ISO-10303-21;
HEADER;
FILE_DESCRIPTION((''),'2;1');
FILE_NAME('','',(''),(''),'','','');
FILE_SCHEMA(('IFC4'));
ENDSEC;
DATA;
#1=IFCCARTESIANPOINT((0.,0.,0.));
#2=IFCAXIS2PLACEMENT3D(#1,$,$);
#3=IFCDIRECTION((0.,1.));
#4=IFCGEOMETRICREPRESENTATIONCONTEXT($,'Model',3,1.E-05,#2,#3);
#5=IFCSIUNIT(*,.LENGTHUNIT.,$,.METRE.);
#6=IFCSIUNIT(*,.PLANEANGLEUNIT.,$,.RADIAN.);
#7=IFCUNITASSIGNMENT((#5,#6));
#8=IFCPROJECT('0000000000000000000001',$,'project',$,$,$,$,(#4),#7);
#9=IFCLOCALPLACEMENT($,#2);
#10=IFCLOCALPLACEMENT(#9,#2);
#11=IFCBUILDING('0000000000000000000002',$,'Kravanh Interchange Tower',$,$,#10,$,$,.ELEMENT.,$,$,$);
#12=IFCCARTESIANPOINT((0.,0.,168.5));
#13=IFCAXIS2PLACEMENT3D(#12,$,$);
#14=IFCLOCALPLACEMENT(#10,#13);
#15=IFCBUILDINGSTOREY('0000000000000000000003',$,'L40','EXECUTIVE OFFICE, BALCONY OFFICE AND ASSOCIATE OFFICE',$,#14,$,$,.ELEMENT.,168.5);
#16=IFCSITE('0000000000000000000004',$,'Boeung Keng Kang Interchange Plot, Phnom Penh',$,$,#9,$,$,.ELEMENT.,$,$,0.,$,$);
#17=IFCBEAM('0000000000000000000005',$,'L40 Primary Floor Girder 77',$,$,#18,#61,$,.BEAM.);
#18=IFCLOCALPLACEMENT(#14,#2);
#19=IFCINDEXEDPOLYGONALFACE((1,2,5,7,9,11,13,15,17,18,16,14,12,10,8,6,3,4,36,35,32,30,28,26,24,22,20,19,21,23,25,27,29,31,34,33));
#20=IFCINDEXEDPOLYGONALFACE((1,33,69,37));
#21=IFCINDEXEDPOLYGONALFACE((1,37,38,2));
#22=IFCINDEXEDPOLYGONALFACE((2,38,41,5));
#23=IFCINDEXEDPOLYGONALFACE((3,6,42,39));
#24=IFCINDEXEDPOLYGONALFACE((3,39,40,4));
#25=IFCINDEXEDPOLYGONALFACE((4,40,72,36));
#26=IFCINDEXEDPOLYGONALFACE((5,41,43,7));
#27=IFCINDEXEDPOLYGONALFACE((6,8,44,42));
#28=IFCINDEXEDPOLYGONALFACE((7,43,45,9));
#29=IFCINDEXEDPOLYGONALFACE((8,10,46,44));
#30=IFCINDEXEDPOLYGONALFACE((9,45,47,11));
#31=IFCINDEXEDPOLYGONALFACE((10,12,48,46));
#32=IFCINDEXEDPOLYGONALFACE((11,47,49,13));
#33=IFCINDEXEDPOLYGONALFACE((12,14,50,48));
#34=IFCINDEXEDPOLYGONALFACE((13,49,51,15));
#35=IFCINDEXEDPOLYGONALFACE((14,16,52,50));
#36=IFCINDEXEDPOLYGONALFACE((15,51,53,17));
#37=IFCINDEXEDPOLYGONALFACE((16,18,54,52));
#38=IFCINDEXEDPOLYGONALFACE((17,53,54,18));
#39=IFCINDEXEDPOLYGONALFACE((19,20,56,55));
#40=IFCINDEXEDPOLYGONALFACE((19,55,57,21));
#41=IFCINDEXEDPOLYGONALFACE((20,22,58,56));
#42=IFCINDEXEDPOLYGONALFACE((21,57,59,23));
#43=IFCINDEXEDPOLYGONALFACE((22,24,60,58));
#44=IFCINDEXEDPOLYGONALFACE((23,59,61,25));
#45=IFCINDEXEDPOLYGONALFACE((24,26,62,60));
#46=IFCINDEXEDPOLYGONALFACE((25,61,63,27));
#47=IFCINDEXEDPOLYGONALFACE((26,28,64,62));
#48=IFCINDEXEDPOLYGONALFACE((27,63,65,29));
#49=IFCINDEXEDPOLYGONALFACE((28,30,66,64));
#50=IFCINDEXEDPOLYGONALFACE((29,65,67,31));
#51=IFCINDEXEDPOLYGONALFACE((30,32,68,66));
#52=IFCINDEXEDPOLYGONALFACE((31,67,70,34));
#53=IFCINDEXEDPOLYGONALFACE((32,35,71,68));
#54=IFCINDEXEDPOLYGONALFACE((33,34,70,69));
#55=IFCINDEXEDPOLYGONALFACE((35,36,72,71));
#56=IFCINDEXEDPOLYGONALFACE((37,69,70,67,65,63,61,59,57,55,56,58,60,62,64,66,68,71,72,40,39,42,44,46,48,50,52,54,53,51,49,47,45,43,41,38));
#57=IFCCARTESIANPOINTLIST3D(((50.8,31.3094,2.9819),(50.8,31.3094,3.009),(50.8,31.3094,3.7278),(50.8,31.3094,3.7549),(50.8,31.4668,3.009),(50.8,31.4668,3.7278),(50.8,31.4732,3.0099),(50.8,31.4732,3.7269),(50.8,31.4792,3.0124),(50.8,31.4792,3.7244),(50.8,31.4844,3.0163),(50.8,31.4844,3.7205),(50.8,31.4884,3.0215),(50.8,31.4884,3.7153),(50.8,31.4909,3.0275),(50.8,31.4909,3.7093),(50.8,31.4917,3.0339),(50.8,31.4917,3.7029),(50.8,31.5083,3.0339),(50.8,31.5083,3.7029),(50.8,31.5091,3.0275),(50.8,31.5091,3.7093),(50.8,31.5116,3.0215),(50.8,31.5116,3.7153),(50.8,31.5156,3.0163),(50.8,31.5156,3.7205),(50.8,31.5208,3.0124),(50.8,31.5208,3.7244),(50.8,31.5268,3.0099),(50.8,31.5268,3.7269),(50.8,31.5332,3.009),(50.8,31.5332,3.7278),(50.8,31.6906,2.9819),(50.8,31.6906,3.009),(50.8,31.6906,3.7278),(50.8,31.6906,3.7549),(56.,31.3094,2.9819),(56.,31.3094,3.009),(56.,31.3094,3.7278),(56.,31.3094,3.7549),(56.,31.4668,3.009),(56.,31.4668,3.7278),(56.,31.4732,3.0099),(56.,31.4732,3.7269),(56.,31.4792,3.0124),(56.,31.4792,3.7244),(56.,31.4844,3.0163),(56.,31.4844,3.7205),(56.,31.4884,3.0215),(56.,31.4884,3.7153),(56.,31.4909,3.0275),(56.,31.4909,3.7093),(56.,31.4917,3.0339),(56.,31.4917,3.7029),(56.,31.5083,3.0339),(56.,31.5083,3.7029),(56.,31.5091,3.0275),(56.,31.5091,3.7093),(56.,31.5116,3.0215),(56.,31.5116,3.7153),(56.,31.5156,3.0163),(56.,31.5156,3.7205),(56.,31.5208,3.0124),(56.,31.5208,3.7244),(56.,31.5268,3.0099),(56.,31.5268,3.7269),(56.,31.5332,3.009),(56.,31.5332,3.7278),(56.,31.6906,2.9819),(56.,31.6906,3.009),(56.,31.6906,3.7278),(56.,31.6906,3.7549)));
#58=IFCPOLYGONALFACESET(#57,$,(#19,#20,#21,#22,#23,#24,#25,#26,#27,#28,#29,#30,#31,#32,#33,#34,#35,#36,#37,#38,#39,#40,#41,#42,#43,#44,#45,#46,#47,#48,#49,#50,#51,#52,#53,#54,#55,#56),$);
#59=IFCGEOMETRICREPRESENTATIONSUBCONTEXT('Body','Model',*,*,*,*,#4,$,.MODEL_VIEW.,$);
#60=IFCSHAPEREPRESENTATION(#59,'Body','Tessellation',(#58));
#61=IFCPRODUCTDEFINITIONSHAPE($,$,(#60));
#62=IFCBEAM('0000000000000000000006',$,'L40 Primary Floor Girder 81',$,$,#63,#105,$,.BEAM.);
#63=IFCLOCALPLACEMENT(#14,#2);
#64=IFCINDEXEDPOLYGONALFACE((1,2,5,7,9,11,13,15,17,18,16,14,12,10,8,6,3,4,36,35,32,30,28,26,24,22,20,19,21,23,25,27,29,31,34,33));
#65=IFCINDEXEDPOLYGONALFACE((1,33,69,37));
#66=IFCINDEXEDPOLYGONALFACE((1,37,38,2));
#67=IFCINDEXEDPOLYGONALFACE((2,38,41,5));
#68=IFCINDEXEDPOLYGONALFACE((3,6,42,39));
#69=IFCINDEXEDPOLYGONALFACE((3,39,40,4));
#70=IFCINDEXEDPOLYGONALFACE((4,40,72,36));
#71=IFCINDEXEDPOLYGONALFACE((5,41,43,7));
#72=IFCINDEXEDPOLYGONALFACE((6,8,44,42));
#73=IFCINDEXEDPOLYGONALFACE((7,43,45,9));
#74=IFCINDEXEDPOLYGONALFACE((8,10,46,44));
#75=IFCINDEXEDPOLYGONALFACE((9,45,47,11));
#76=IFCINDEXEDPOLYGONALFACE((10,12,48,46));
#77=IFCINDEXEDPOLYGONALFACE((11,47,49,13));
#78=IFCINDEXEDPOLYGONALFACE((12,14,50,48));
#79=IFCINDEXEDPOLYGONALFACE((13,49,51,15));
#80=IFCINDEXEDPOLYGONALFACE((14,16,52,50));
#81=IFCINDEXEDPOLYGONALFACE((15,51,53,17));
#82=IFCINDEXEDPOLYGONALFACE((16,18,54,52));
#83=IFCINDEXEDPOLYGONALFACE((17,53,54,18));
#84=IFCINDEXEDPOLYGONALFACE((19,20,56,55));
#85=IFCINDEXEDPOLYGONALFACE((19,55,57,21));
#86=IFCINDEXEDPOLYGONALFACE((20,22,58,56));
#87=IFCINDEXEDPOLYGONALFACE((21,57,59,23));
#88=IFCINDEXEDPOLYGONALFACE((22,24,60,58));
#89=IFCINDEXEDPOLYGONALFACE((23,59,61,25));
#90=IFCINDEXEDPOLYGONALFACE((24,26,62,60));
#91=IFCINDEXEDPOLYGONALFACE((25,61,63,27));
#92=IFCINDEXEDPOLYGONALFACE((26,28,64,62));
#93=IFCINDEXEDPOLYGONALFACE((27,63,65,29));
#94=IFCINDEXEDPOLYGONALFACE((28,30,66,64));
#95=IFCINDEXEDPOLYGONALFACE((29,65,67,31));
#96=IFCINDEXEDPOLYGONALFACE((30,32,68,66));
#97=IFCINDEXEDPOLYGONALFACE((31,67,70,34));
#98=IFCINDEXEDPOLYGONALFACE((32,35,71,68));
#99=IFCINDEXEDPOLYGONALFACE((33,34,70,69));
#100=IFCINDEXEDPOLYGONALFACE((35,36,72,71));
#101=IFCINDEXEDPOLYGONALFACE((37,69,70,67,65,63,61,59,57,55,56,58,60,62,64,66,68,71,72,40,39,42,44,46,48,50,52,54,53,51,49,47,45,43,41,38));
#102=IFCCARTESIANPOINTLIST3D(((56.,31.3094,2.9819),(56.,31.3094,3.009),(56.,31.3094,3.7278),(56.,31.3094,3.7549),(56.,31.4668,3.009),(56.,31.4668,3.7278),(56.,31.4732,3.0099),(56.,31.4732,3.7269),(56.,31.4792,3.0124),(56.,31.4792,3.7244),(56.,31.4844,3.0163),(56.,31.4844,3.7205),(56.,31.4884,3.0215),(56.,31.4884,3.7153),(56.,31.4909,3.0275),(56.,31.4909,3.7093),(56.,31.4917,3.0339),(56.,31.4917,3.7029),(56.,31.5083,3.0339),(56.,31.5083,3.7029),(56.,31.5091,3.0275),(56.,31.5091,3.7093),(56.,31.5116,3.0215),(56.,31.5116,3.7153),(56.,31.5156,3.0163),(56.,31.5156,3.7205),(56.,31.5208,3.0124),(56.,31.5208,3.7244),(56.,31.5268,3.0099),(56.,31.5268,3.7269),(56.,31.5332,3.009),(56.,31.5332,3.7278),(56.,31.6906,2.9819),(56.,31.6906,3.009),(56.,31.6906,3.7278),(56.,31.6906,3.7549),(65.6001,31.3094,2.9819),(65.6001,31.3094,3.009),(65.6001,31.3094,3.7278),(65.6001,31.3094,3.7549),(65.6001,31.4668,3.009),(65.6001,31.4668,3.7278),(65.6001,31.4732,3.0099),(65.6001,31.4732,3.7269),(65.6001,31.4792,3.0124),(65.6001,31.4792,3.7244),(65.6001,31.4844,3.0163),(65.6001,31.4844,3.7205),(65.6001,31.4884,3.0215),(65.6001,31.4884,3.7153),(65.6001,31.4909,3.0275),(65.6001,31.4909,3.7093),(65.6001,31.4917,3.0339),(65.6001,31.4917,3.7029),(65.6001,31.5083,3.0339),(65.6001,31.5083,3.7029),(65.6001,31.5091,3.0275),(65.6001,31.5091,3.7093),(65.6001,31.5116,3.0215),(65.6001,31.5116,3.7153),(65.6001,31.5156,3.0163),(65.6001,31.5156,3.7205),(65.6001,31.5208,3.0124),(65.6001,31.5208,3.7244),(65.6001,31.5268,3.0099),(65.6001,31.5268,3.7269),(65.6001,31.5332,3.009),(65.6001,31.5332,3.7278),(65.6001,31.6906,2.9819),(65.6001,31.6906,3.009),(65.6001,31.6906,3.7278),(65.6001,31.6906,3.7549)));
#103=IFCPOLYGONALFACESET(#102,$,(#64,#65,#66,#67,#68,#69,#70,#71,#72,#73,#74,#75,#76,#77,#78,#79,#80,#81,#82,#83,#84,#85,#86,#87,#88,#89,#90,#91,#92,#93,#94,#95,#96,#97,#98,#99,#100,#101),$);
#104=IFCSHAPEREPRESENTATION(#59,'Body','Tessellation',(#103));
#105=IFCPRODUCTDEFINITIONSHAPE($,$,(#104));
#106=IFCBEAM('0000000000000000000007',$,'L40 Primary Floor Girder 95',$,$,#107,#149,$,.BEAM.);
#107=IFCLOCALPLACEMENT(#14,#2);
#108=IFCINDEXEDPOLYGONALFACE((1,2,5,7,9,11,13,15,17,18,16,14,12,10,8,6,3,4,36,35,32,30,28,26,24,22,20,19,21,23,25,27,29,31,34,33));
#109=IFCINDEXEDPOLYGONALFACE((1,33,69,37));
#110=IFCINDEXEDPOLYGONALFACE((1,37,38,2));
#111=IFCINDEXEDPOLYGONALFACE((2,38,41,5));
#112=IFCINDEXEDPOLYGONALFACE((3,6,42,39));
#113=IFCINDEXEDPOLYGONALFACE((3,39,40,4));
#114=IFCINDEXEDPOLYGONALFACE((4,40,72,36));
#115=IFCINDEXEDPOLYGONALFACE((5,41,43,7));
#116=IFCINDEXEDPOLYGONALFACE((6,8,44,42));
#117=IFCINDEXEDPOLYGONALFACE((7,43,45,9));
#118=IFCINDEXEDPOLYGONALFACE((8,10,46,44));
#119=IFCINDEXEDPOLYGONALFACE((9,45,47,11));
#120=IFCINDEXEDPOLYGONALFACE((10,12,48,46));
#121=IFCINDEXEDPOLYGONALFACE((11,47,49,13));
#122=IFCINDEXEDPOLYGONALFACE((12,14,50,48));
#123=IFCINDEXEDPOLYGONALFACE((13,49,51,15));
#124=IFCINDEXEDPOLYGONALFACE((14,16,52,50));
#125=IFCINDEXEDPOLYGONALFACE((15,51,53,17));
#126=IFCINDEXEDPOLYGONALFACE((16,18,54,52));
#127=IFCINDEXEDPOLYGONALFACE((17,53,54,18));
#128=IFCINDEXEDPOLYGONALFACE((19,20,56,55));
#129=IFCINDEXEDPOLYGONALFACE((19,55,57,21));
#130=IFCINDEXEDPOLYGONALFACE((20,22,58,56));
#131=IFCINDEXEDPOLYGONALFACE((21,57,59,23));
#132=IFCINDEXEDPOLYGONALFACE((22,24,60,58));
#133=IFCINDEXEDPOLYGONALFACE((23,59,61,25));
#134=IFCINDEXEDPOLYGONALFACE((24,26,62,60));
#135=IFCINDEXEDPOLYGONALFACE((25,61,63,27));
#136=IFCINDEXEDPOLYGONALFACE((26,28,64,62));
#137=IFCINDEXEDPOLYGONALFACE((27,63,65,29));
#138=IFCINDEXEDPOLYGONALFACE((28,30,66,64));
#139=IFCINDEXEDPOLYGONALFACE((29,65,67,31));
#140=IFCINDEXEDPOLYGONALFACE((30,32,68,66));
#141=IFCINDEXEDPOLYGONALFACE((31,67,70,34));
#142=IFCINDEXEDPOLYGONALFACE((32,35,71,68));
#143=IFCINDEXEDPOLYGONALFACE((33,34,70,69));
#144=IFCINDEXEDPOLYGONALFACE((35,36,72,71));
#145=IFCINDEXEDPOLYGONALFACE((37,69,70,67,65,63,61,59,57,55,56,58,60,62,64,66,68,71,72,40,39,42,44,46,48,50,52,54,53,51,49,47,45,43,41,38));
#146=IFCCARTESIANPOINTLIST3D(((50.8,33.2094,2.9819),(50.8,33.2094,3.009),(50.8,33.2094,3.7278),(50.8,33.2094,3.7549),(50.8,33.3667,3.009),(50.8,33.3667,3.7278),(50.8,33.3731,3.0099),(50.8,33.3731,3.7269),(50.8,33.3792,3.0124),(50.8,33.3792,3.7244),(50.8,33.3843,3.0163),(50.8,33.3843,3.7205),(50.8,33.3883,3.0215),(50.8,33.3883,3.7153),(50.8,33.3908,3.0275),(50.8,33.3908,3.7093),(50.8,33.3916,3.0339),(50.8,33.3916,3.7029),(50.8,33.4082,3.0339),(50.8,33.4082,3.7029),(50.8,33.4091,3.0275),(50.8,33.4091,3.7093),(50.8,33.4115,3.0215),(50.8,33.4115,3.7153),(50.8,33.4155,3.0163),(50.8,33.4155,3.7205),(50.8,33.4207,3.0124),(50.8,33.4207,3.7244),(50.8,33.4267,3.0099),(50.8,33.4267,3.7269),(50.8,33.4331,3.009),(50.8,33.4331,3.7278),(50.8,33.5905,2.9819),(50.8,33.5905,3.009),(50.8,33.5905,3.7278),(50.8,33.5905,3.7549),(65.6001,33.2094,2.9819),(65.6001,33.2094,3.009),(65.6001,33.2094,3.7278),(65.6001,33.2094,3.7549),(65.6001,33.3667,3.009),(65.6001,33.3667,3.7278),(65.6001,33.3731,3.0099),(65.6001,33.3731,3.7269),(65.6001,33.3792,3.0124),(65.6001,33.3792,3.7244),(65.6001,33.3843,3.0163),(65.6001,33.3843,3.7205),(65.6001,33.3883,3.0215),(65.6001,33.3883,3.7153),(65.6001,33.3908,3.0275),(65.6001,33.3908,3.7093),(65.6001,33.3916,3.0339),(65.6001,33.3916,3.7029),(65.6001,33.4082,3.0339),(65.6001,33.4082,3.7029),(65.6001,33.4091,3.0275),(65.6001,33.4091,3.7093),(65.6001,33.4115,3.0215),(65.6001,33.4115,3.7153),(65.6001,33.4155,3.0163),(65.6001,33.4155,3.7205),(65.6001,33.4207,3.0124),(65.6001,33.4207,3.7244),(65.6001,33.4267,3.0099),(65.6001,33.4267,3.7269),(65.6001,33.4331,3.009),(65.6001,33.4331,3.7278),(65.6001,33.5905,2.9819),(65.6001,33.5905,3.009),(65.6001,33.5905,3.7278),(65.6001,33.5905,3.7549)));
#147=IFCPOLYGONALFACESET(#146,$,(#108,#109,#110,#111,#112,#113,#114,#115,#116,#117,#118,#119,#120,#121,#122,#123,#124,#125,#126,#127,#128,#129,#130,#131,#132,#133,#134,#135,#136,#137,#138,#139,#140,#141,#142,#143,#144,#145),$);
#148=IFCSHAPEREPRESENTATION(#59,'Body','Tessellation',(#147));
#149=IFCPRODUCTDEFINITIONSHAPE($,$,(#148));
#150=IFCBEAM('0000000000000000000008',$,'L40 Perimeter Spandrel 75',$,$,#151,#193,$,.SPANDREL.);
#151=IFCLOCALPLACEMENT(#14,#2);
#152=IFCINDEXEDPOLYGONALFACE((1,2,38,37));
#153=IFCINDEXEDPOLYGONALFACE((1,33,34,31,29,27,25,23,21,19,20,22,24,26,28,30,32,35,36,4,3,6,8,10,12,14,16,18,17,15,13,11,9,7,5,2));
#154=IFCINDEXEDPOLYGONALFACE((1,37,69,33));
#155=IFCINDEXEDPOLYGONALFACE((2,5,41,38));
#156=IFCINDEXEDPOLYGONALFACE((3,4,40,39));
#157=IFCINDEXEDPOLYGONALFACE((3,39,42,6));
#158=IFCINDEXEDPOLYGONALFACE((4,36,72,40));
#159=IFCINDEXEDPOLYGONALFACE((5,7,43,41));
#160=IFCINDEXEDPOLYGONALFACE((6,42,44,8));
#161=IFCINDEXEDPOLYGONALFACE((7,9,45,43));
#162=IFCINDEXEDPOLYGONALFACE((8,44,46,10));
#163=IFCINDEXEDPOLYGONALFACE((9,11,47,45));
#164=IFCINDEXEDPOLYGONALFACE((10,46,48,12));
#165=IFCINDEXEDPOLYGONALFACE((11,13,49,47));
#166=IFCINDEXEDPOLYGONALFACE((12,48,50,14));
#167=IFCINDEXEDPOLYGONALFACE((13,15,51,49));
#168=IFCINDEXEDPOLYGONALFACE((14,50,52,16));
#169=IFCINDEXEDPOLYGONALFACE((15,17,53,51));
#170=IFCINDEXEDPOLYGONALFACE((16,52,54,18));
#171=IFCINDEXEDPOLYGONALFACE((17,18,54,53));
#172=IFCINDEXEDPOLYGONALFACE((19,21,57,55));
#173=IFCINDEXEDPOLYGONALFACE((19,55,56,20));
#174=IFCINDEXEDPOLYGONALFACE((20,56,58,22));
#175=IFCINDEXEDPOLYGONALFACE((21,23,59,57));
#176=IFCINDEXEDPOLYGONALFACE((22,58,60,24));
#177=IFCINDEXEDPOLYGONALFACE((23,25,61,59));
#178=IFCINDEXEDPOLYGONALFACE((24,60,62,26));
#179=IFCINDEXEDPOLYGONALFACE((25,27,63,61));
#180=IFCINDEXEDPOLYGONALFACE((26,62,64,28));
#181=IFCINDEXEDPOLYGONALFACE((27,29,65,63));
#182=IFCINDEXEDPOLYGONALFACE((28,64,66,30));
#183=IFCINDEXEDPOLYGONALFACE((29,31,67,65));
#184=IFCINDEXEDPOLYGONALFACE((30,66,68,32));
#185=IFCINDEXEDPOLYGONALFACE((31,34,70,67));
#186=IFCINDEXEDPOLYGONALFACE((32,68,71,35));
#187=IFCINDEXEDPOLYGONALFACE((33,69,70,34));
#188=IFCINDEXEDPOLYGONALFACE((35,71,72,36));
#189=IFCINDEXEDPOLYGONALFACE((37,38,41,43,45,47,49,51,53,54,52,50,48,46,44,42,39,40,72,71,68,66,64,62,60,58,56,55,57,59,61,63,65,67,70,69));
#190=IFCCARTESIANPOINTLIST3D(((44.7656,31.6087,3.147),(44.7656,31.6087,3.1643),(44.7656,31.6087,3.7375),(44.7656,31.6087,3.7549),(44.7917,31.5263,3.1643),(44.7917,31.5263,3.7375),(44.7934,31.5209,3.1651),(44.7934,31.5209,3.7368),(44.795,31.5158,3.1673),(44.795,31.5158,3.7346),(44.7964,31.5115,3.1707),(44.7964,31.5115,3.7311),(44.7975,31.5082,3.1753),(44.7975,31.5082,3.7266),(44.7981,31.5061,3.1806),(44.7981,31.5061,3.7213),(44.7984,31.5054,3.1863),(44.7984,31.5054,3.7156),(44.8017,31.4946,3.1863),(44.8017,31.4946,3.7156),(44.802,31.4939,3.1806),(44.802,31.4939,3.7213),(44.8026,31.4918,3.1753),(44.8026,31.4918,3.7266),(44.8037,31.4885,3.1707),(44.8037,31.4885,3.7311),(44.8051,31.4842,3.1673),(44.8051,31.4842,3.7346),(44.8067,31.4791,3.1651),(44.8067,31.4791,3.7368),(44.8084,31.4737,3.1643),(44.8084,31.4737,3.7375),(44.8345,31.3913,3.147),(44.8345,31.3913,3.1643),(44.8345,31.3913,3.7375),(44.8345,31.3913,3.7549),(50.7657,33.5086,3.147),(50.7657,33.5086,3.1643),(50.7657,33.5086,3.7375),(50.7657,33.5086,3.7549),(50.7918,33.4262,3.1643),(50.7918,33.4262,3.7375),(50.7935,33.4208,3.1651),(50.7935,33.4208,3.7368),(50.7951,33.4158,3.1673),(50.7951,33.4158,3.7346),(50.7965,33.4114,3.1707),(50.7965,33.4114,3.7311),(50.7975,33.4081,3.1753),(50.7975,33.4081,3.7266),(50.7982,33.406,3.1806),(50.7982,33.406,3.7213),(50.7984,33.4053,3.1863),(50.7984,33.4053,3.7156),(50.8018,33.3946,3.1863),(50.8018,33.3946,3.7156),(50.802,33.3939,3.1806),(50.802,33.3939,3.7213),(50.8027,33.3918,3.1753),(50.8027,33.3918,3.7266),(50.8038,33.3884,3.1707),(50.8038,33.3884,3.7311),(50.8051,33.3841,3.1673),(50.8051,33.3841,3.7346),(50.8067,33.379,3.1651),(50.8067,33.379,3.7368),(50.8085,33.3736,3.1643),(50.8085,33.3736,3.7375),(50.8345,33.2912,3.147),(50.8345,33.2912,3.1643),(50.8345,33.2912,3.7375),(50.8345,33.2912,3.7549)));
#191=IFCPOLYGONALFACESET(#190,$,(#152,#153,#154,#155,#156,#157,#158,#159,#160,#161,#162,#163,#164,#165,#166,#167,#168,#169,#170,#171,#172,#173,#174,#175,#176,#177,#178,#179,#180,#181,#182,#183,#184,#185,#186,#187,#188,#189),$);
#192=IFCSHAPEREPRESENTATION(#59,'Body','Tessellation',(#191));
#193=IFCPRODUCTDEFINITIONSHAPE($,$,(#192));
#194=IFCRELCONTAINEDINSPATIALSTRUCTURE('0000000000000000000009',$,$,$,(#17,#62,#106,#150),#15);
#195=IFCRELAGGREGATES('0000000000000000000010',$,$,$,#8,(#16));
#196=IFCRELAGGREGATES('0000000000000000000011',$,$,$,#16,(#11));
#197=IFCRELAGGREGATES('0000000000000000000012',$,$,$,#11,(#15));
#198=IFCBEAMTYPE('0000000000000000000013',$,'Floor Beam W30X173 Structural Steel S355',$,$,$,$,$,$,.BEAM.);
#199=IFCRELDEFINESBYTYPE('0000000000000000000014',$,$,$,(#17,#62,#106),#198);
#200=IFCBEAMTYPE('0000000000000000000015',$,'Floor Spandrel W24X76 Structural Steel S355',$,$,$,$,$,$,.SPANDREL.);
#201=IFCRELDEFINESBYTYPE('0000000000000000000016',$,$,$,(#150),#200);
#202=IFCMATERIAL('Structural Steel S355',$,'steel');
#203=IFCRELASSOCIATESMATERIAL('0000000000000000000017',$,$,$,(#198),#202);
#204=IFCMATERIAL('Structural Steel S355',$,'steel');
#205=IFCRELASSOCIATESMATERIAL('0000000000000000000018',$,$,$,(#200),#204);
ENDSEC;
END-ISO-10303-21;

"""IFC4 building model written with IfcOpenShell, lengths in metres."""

from ifc_helpers import new_model, si_unit, direction, frame, origin, origin_2d, place, context, subcontext, project, spatial, i_section, extrude, material, material_profile, profile_set, type_object, element, save


model = new_model("IFC4")

# Units and contexts
model_context = context("Model", 3, precision=1e-05, world=origin(), true_north=direction((0.0, 1.0)))
body_context = subcontext(model_context, "Body", "Model", "MODEL_VIEW")
ifc_project = project(units=[si_unit("LENGTHUNIT", "METRE"), si_unit("PLANEANGLEUNIT", "RADIAN")], contexts=[model_context])

# Site, building, storey
site_placement = place(None, origin())
site = spatial("IfcSite", under=ifc_project, at=site_placement, Name="Boeung Keng Kang Interchange Plot, Phnom Penh", CompositionType="ELEMENT", RefElevation=0.0)
building_placement = place(site_placement, origin())
building = spatial("IfcBuilding", under=site, at=building_placement, Name="Kravanh Interchange Tower", CompositionType="ELEMENT")
storey_placement = place(building_placement, frame((0.0, 0.0, 168.5)))
storey = spatial("IfcBuildingStorey", under=building, at=storey_placement, Name="L40", Description="EXECUTIVE OFFICE, BALCONY OFFICE AND ASSOCIATE OFFICE", CompositionType="ELEMENT", Elevation=168.5)

# Beams
ifc_material_1 = material(Name="Structural Steel S355", Category="steel")
ifc_material_profile_1 = material_profile(ifc_material_1, i_section(OverallWidth=0.3811, OverallDepth=0.7729, WebThickness=0.0166, FlangeThickness=0.0271, FilletRadius=0.0249, at=origin_2d()), Name="W30X173")
ifc_profile_set_1 = profile_set([ifc_material_profile_1], Name="Structural Steel S355")
beam_type_1 = type_object("IfcBeamType", Name="Floor Beam W30X173 Structural Steel S355", PredefinedType="BEAM", material=ifc_profile_set_1)
beam_1_placement = place(storey_placement, frame((50.8, 31.5, 3.3684), z_axis=(1.0, 0.0, 0.0), x_axis=(0.0, 1.0, 0.0)))
element("IfcBeam", 1, at=beam_1_placement, inside=storey, type_object=beam_type_1, Name="L40 Primary Floor Girder 77", PredefinedType="BEAM", context=body_context, shape_type="SweptSolid", body=[
    extrude(i_section(OverallWidth=0.3811, OverallDepth=0.7729, WebThickness=0.0166, FlangeThickness=0.0271, FilletRadius=0.0249, at=origin_2d()), origin(), (0.0, 0.0, 1.0), 5.2),
])
beam_2_placement = place(storey_placement, frame((56.0, 31.5, 3.3684), z_axis=(1.0, 0.0, 0.0), x_axis=(0.0, 1.0, 0.0)))
element("IfcBeam", 2, at=beam_2_placement, inside=storey, type_object=beam_type_1, Name="L40 Primary Floor Girder 81", PredefinedType="BEAM", context=body_context, shape_type="SweptSolid", body=[
    extrude(i_section(OverallWidth=0.3811, OverallDepth=0.7729, WebThickness=0.0166, FlangeThickness=0.0271, FilletRadius=0.0249, at=origin_2d()), origin(), (0.0, 0.0, 1.0), 9.6001),
])
beam_3_placement = place(storey_placement, frame((50.8, 33.3999, 3.3684), z_axis=(1.0, 0.0, 0.0), x_axis=(0.0, 1.0, 0.0)))
element("IfcBeam", 3, at=beam_3_placement, inside=storey, type_object=beam_type_1, Name="L40 Primary Floor Girder 95", PredefinedType="BEAM", context=body_context, shape_type="SweptSolid", body=[
    extrude(i_section(OverallWidth=0.3811, OverallDepth=0.7729, WebThickness=0.0166, FlangeThickness=0.0271, FilletRadius=0.0249, at=origin_2d()), origin(), (0.0, 0.0, 1.0), 14.8),
])
ifc_material_2 = material(Name="Structural Steel S355", Category="steel")
ifc_material_profile_2 = material_profile(ifc_material_2, i_section(OverallWidth=0.228, OverallDepth=0.6079, WebThickness=0.0112, FlangeThickness=0.0173, FilletRadius=0.022, at=origin_2d()), Name="W24X76")
ifc_profile_set_2 = profile_set([ifc_material_profile_2], Name="Structural Steel S355")
beam_type_2 = type_object("IfcBeamType", Name="Floor Spandrel W24X76 Structural Steel S355", PredefinedType="SPANDREL", material=ifc_profile_set_2)
beam_4_placement = place(storey_placement, frame((44.8, 31.5, 3.4509), z_axis=(0.953347, 0.301878, 0.0), x_axis=(-0.301878, 0.953347, 0.0)))
element("IfcBeam", 4, at=beam_4_placement, inside=storey, type_object=beam_type_2, Name="L40 Perimeter Spandrel 75", PredefinedType="SPANDREL", context=body_context, shape_type="SweptSolid", body=[
    extrude(i_section(OverallWidth=0.228, OverallDepth=0.6079, WebThickness=0.0112, FlangeThickness=0.0173, FilletRadius=0.022, at=origin_2d()), origin(), (0.0, 0.0, 1.0), 6.2937),
])

save(model, "model.ifc")
